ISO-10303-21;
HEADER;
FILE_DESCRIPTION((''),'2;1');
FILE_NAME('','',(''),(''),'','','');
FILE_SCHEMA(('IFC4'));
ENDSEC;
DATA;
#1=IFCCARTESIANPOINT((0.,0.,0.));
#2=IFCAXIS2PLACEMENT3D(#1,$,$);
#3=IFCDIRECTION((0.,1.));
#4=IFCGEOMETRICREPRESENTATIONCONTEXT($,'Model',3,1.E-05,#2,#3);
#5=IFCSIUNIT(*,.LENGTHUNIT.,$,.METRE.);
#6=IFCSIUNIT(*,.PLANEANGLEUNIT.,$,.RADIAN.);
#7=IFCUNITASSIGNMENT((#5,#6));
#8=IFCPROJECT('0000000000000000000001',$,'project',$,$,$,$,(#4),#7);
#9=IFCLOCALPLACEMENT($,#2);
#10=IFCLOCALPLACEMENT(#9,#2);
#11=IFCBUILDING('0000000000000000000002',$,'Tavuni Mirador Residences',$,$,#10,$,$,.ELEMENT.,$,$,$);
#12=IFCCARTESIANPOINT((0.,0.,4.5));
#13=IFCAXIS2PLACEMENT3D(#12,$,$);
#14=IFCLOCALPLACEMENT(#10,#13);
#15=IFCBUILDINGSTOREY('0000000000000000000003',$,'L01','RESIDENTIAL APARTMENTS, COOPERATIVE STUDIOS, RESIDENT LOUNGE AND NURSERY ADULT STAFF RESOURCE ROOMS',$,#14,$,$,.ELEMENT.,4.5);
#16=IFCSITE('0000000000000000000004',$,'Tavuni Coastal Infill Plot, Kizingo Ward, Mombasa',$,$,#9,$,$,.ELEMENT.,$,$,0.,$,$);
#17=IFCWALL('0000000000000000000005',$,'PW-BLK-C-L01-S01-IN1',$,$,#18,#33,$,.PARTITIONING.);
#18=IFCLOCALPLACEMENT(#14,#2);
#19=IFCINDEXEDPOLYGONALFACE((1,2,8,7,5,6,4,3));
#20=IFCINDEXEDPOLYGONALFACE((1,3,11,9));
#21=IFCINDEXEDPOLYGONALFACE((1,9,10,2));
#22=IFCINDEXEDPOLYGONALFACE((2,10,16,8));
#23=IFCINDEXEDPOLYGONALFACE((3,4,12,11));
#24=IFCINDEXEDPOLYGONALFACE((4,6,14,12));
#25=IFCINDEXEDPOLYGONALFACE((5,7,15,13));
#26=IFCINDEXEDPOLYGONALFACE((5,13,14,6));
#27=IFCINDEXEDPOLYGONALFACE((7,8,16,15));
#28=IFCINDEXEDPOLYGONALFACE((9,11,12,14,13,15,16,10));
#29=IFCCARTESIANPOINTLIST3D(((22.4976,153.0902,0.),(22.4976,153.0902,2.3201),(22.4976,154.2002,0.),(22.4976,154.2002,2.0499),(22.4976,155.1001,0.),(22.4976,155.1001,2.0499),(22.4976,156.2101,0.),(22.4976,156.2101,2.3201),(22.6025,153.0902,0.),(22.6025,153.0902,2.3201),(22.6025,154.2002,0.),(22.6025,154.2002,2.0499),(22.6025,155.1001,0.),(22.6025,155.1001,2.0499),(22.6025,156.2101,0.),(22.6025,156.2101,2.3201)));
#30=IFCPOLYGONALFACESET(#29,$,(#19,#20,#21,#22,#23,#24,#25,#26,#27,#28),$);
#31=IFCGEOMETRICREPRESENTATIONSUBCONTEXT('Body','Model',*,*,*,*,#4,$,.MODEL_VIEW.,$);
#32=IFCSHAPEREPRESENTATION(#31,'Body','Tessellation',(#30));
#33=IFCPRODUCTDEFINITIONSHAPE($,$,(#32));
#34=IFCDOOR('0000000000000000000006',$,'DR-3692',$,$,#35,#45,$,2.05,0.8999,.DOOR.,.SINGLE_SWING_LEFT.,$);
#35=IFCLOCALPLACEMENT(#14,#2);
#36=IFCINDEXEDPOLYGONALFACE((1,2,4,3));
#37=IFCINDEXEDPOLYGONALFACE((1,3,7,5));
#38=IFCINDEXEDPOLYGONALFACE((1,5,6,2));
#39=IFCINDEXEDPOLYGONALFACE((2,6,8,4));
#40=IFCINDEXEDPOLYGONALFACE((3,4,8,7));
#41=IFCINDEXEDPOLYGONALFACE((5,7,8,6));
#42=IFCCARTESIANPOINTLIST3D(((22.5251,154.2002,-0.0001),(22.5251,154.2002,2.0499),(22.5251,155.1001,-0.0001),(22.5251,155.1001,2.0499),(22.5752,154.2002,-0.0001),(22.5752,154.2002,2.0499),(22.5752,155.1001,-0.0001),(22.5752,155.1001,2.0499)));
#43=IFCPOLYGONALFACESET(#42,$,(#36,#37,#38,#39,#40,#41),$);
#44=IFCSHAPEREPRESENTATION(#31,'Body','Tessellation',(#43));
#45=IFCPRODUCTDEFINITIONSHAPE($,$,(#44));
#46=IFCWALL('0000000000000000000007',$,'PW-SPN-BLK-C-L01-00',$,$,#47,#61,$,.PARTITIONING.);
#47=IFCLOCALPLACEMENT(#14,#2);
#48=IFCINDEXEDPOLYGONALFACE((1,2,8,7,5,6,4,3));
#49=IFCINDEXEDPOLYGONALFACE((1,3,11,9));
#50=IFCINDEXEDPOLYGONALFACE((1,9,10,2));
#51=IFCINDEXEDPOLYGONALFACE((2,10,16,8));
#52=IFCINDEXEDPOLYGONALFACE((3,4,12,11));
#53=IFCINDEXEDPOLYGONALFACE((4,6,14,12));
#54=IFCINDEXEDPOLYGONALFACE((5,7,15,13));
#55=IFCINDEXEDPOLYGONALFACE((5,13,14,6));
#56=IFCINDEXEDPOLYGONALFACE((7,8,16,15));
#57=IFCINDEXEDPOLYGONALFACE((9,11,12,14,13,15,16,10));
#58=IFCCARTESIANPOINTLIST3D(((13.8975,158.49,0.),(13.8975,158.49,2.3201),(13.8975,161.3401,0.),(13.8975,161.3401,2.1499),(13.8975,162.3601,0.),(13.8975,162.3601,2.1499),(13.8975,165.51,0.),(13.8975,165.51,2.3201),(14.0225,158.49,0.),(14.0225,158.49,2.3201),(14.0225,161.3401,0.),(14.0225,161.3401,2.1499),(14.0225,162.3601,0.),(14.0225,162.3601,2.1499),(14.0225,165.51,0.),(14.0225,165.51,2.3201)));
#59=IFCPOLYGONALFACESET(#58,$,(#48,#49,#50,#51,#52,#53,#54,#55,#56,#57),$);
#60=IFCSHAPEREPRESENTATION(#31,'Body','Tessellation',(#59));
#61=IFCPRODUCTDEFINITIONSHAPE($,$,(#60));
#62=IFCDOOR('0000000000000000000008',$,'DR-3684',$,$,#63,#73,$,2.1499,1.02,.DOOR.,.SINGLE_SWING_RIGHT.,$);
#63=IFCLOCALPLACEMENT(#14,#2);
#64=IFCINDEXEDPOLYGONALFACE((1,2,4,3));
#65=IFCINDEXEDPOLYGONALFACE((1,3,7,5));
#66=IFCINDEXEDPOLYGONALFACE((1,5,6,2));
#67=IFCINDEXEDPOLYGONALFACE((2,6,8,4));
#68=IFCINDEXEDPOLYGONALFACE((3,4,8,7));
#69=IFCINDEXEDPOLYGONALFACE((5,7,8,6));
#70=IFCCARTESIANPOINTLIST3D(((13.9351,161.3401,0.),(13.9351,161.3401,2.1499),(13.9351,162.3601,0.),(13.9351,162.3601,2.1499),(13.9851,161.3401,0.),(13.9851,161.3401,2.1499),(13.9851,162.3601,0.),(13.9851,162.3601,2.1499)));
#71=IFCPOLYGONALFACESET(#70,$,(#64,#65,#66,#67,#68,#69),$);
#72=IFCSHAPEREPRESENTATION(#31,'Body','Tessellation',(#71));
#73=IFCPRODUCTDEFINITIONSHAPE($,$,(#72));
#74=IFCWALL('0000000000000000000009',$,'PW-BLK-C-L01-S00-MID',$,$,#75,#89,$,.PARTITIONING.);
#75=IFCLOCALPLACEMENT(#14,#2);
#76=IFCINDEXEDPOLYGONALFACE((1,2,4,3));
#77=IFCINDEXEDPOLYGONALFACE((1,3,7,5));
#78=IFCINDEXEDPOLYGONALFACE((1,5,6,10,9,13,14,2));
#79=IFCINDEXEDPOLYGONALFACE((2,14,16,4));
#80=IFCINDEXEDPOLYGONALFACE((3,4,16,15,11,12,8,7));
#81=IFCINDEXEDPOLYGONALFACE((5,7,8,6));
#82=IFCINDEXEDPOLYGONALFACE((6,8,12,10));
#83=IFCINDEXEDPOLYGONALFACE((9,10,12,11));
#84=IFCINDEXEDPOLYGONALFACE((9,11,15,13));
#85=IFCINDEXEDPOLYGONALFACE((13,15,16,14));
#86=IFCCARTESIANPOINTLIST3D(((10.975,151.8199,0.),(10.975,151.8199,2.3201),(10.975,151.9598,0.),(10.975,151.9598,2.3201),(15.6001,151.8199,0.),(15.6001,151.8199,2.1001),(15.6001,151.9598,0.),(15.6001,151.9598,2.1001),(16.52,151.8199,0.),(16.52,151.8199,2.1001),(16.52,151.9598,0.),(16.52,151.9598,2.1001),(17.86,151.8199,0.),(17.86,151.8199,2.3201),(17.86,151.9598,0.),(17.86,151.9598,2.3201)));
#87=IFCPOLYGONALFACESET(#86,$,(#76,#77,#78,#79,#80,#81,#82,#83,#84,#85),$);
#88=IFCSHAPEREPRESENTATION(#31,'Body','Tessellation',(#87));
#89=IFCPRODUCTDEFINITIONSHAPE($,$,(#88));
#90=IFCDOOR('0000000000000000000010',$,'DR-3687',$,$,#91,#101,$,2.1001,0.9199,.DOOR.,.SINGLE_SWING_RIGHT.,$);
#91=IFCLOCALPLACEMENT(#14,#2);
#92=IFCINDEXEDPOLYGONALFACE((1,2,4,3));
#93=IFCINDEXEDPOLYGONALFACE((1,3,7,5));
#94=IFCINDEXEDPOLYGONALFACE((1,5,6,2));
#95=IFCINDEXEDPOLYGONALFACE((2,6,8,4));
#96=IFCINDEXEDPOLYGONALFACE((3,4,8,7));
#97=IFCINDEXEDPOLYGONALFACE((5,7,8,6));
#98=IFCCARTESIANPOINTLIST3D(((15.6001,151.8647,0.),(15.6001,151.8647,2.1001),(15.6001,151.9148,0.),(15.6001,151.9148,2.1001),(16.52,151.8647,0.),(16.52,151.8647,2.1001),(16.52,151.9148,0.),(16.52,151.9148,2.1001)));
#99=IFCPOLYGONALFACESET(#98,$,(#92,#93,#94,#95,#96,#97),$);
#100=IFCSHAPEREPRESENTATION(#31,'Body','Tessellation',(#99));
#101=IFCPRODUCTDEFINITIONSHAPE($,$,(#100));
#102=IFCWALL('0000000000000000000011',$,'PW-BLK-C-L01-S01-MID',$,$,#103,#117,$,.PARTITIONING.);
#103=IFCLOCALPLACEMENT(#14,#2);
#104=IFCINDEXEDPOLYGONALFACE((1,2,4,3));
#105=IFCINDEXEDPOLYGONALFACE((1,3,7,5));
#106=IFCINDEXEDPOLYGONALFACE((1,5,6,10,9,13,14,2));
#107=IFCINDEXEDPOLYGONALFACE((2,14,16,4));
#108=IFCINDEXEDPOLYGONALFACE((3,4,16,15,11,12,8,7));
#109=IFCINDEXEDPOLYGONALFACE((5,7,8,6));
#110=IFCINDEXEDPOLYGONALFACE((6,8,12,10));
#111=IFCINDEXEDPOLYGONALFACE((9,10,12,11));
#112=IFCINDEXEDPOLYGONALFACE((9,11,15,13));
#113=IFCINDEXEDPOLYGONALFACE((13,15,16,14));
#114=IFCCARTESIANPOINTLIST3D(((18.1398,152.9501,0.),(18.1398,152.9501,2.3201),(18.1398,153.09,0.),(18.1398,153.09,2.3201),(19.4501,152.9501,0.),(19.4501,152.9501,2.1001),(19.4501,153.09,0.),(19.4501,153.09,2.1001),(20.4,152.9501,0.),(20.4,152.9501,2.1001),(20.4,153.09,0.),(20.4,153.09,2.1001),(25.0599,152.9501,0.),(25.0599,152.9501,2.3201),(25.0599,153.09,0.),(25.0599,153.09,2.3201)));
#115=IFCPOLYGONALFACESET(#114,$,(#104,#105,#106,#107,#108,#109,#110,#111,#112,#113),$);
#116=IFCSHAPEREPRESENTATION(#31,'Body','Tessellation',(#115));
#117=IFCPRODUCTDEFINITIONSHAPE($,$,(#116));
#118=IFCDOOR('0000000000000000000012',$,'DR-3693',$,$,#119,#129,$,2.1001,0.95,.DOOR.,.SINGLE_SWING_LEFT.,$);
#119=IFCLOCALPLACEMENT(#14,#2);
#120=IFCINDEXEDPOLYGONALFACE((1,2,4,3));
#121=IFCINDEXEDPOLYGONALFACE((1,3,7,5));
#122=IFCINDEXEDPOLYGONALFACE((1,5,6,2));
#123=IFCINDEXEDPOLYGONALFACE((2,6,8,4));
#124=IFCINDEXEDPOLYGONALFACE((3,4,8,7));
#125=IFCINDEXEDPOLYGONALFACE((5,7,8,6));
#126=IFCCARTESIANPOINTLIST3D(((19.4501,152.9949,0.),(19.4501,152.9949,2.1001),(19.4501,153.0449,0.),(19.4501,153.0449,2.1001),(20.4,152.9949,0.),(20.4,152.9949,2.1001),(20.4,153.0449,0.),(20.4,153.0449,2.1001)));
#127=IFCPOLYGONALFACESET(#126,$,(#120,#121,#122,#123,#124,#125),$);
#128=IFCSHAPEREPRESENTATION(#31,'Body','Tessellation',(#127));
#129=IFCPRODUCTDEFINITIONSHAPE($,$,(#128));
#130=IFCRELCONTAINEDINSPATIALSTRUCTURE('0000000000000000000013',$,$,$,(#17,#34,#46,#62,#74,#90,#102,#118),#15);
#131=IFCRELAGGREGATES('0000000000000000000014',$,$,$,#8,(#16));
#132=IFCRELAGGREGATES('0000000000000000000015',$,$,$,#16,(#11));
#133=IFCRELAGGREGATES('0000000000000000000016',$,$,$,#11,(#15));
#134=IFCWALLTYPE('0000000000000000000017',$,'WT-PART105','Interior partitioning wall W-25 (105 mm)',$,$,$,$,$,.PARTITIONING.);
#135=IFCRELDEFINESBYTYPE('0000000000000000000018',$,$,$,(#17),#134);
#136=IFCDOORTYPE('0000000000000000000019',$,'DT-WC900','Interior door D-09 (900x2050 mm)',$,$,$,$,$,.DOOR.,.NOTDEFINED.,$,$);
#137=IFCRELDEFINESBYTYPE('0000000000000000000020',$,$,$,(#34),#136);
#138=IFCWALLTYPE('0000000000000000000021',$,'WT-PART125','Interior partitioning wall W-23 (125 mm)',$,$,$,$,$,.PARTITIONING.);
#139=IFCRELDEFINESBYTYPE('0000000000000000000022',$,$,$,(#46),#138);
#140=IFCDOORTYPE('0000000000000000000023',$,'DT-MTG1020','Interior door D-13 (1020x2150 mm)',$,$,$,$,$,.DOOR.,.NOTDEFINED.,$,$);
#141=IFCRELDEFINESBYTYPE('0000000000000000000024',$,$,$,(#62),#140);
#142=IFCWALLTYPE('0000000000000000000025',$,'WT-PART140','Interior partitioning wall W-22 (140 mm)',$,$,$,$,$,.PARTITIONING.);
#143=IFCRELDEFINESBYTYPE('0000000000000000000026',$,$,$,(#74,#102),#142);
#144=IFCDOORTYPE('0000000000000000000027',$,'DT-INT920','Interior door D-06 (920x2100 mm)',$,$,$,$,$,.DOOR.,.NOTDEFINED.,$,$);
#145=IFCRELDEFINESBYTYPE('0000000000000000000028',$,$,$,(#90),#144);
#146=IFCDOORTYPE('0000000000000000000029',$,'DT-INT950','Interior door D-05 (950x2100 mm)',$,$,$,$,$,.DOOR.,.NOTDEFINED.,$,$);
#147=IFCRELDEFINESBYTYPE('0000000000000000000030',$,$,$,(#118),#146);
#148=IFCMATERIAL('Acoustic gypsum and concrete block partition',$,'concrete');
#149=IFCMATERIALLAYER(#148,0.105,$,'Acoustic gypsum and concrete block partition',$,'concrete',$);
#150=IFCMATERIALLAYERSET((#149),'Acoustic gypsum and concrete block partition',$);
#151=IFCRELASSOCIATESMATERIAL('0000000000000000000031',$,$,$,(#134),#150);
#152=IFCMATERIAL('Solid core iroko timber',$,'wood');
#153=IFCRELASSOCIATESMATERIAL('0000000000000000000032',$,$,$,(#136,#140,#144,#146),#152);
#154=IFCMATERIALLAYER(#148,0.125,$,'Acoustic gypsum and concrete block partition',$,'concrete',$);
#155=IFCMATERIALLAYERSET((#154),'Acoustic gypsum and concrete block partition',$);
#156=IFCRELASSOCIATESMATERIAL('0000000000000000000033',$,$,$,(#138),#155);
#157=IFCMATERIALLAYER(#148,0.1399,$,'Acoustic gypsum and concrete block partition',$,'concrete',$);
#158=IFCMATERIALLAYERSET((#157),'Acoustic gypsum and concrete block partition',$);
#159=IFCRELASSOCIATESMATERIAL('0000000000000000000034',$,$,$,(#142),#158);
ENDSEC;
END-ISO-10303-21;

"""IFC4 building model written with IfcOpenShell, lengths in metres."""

from ifc_helpers import new_model, si_unit, direction, frame, frame_2d, origin, place, context, subcontext, project, spatial, rectangle, extrude, material, layer, layer_set, type_object, element, fill, save


model = new_model("IFC4")

# Units and contexts
model_context = context("Model", 3, precision=1e-05, world=origin(), true_north=direction((0.0, 1.0)))
body_context = subcontext(model_context, "Body", "Model", "MODEL_VIEW")
ifc_project = project(units=[si_unit("LENGTHUNIT", "METRE"), si_unit("PLANEANGLEUNIT", "RADIAN")], contexts=[model_context])

# Site, building, storey
site_placement = place(None, origin())
site = spatial("IfcSite", under=ifc_project, at=site_placement, Name="Tavuni Coastal Infill Plot, Kizingo Ward, Mombasa", CompositionType="ELEMENT", RefElevation=0.0)
building_placement = place(site_placement, origin())
building = spatial("IfcBuilding", under=site, at=building_placement, Name="Tavuni Mirador Residences", CompositionType="ELEMENT")
storey_placement = place(building_placement, frame((0.0, 0.0, 4.5)))
storey = spatial("IfcBuildingStorey", under=building, at=storey_placement, Name="L01", Description="RESIDENTIAL APARTMENTS, COOPERATIVE STUDIOS, RESIDENT LOUNGE AND NURSERY ADULT STAFF RESOURCE ROOMS", CompositionType="ELEMENT", Elevation=4.5)

# Shared definitions
ifc_material_1 = material(Name="Solid core iroko timber", Category="wood")

# Walls, openings, doors
ifc_material_2 = material(Name="Acoustic gypsum and concrete block partition", Category="concrete")
ifc_layer_1 = layer(ifc_material_2, 0.105, Name="Acoustic gypsum and concrete block partition", Category="concrete")
ifc_layer_set_1 = layer_set([ifc_layer_1], Name="Acoustic gypsum and concrete block partition")
wall_type_1 = type_object("IfcWallType", Name="WT-PART105", Description="Interior partitioning wall W-25 (105 mm)", PredefinedType="PARTITIONING", material=ifc_layer_set_1)
wall_1_placement = place(storey_placement, frame((22.55, 153.0901, 0.0), z_axis=(0.0, 0.0, 1.0), x_axis=(0.0, 1.0, 0.0)))
wall_1 = element("IfcWall", 1, at=wall_1_placement, inside=storey, type_object=wall_type_1, Name="PW-BLK-C-L01-S01-IN1", PredefinedType="PARTITIONING", context=body_context, shape_type="SweptSolid", body=[
    extrude(rectangle(XDim=3.1199, YDim=0.105, at=frame_2d((1.5601, 0.0))), origin(), (0.0, 0.0, 1.0), 2.3201),
])
opening_1_placement = place(wall_1_placement, frame((1.1101, 0.0, 0.0)))
opening_1 = element("IfcOpeningElement", 2, at=opening_1_placement, cuts=wall_1, PredefinedType="OPENING", context=body_context, shape_type="SweptSolid", body=[
    extrude(rectangle(XDim=0.8999, YDim=2.05, at=frame_2d((0.45, 1.0249))), frame((0.0, 0.0625, 0.0), z_axis=(0.0, -1.0, 0.0), x_axis=(1.0, 0.0, 0.0)), (0.0, 0.0, 1.0), 0.125),
])
door_type_1 = type_object("IfcDoorType", Name="DT-WC900", Description="Interior door D-09 (900x2050 mm)", OperationType="NOTDEFINED", PredefinedType="DOOR", material=ifc_material_1)
door_1_placement = place(opening_1_placement, origin())
door_1 = element("IfcDoor", 3, at=door_1_placement, inside=storey, type_object=door_type_1, Name="DR-3692", OperationType="SINGLE_SWING_LEFT", OverallHeight=2.05, OverallWidth=0.8999, PredefinedType="DOOR", context=body_context, shape_type="SweptSolid", body=[
    extrude(rectangle(XDim=0.8999, YDim=2.05, at=frame_2d((0.45, 1.0249))), frame((0.0, 0.0249, 0.0), z_axis=(0.0, -1.0, 0.0), x_axis=(1.0, 0.0, 0.0)), (0.0, 0.0, 1.0), 0.05),
])
fill(opening_1, door_1)
ifc_layer_2 = layer(ifc_material_2, 0.125, Name="Acoustic gypsum and concrete block partition", Category="concrete")
ifc_layer_set_2 = layer_set([ifc_layer_2], Name="Acoustic gypsum and concrete block partition")
wall_type_2 = type_object("IfcWallType", Name="WT-PART125", Description="Interior partitioning wall W-23 (125 mm)", PredefinedType="PARTITIONING", material=ifc_layer_set_2)
wall_2_placement = place(storey_placement, frame((13.96, 158.49, 0.0), z_axis=(0.0, 0.0, 1.0), x_axis=(0.0, 1.0, 0.0)))
wall_2 = element("IfcWall", 4, at=wall_2_placement, inside=storey, type_object=wall_type_2, Name="PW-SPN-BLK-C-L01-00", PredefinedType="PARTITIONING", context=body_context, shape_type="SweptSolid", body=[
    extrude(rectangle(XDim=7.02, YDim=0.125, at=frame_2d((3.51, 0.0))), origin(), (0.0, 0.0, 1.0), 2.3201),
])
opening_2_placement = place(wall_2_placement, frame((2.8501, 0.0, 0.0)))
opening_2 = element("IfcOpeningElement", 5, at=opening_2_placement, cuts=wall_2, PredefinedType="OPENING", context=body_context, shape_type="SweptSolid", body=[
    extrude(rectangle(XDim=1.02, YDim=2.1499, at=frame_2d((0.51, 1.075))), frame((0.0, 0.0725, 0.0), z_axis=(0.0, -1.0, 0.0), x_axis=(1.0, 0.0, 0.0)), (0.0, 0.0, 1.0), 0.145),
])
door_type_2 = type_object("IfcDoorType", Name="DT-MTG1020", Description="Interior door D-13 (1020x2150 mm)", OperationType="NOTDEFINED", PredefinedType="DOOR", material=ifc_material_1)
door_2_placement = place(opening_2_placement, origin())
door_2 = element("IfcDoor", 6, at=door_2_placement, inside=storey, type_object=door_type_2, Name="DR-3684", OperationType="SINGLE_SWING_RIGHT", OverallHeight=2.1499, OverallWidth=1.02, PredefinedType="DOOR", context=body_context, shape_type="SweptSolid", body=[
    extrude(rectangle(XDim=1.02, YDim=2.1499, at=frame_2d((0.51, 1.075))), frame((0.0, 0.0249, 0.0), z_axis=(0.0, -1.0, 0.0), x_axis=(1.0, 0.0, 0.0)), (0.0, 0.0, 1.0), 0.05),
])
fill(opening_2, door_2)
ifc_layer_3 = layer(ifc_material_2, 0.1399, Name="Acoustic gypsum and concrete block partition", Category="concrete")
ifc_layer_set_3 = layer_set([ifc_layer_3], Name="Acoustic gypsum and concrete block partition")
wall_type_3 = type_object("IfcWallType", Name="WT-PART140", Description="Interior partitioning wall W-22 (140 mm)", PredefinedType="PARTITIONING", material=ifc_layer_set_3)
wall_3_placement = place(storey_placement, frame((10.9751, 151.8899, 0.0), z_axis=(0.0, 0.0, 1.0), x_axis=(1.0, 0.0, 0.0)))
wall_3 = element("IfcWall", 7, at=wall_3_placement, inside=storey, type_object=wall_type_3, Name="PW-BLK-C-L01-S00-MID", PredefinedType="PARTITIONING", context=body_context, shape_type="SweptSolid", body=[
    extrude(rectangle(XDim=6.885, YDim=0.1399, at=frame_2d((3.4424, 0.0))), origin(), (0.0, 0.0, 1.0), 2.3201),
])
opening_3_placement = place(wall_3_placement, frame((4.625, 0.0, 0.0)))
opening_3 = element("IfcOpeningElement", 8, at=opening_3_placement, cuts=wall_3, PredefinedType="OPENING", context=body_context, shape_type="SweptSolid", body=[
    extrude(rectangle(XDim=0.9199, YDim=2.1001, at=frame_2d((0.46, 1.05))), frame((0.0, 0.0801, 0.0), z_axis=(0.0, -1.0, 0.0), x_axis=(1.0, 0.0, 0.0)), (0.0, 0.0, 1.0), 0.1599),
])
door_type_3 = type_object("IfcDoorType", Name="DT-INT920", Description="Interior door D-06 (920x2100 mm)", OperationType="NOTDEFINED", PredefinedType="DOOR", material=ifc_material_1)
door_3_placement = place(opening_3_placement, origin())
door_3 = element("IfcDoor", 9, at=door_3_placement, inside=storey, type_object=door_type_3, Name="DR-3687", OperationType="SINGLE_SWING_RIGHT", OverallHeight=2.1001, OverallWidth=0.9199, PredefinedType="DOOR", context=body_context, shape_type="SweptSolid", body=[
    extrude(rectangle(XDim=0.9199, YDim=2.1001, at=frame_2d((0.46, 1.05))), frame((0.0, 0.0249, 0.0), z_axis=(0.0, -1.0, 0.0), x_axis=(1.0, 0.0, 0.0)), (0.0, 0.0, 1.0), 0.05),
])
fill(opening_3, door_3)
wall_4_placement = place(storey_placement, frame((18.1399, 153.02, 0.0), z_axis=(0.0, 0.0, 1.0), x_axis=(1.0, 0.0, 0.0)))
wall_4 = element("IfcWall", 10, at=wall_4_placement, inside=storey, type_object=wall_type_3, Name="PW-BLK-C-L01-S01-MID", PredefinedType="PARTITIONING", context=body_context, shape_type="SweptSolid", body=[
    extrude(rectangle(XDim=6.9202, YDim=0.1399, at=frame_2d((3.46, 0.0))), origin(), (0.0, 0.0, 1.0), 2.3201),
])
opening_4_placement = place(wall_4_placement, frame((1.3101, 0.0, 0.0)))
opening_4 = element("IfcOpeningElement", 11, at=opening_4_placement, cuts=wall_4, PredefinedType="OPENING", context=body_context, shape_type="SweptSolid", body=[
    extrude(rectangle(XDim=0.95, YDim=2.1001, at=frame_2d((0.4751, 1.05))), frame((0.0, 0.0801, 0.0), z_axis=(0.0, -1.0, 0.0), x_axis=(1.0, 0.0, 0.0)), (0.0, 0.0, 1.0), 0.1599),
])
door_type_4 = type_object("IfcDoorType", Name="DT-INT950", Description="Interior door D-05 (950x2100 mm)", OperationType="NOTDEFINED", PredefinedType="DOOR", material=ifc_material_1)
door_4_placement = place(opening_4_placement, origin())
door_4 = element("IfcDoor", 12, at=door_4_placement, inside=storey, type_object=door_type_4, Name="DR-3693", OperationType="SINGLE_SWING_LEFT", OverallHeight=2.1001, OverallWidth=0.95, PredefinedType="DOOR", context=body_context, shape_type="SweptSolid", body=[
    extrude(rectangle(XDim=0.95, YDim=2.1001, at=frame_2d((0.4751, 1.05))), frame((0.0, 0.0249, 0.0), z_axis=(0.0, -1.0, 0.0), x_axis=(1.0, 0.0, 0.0)), (0.0, 0.0, 1.0), 0.05),
])
fill(opening_4, door_4)

save(model, "model.ifc")
